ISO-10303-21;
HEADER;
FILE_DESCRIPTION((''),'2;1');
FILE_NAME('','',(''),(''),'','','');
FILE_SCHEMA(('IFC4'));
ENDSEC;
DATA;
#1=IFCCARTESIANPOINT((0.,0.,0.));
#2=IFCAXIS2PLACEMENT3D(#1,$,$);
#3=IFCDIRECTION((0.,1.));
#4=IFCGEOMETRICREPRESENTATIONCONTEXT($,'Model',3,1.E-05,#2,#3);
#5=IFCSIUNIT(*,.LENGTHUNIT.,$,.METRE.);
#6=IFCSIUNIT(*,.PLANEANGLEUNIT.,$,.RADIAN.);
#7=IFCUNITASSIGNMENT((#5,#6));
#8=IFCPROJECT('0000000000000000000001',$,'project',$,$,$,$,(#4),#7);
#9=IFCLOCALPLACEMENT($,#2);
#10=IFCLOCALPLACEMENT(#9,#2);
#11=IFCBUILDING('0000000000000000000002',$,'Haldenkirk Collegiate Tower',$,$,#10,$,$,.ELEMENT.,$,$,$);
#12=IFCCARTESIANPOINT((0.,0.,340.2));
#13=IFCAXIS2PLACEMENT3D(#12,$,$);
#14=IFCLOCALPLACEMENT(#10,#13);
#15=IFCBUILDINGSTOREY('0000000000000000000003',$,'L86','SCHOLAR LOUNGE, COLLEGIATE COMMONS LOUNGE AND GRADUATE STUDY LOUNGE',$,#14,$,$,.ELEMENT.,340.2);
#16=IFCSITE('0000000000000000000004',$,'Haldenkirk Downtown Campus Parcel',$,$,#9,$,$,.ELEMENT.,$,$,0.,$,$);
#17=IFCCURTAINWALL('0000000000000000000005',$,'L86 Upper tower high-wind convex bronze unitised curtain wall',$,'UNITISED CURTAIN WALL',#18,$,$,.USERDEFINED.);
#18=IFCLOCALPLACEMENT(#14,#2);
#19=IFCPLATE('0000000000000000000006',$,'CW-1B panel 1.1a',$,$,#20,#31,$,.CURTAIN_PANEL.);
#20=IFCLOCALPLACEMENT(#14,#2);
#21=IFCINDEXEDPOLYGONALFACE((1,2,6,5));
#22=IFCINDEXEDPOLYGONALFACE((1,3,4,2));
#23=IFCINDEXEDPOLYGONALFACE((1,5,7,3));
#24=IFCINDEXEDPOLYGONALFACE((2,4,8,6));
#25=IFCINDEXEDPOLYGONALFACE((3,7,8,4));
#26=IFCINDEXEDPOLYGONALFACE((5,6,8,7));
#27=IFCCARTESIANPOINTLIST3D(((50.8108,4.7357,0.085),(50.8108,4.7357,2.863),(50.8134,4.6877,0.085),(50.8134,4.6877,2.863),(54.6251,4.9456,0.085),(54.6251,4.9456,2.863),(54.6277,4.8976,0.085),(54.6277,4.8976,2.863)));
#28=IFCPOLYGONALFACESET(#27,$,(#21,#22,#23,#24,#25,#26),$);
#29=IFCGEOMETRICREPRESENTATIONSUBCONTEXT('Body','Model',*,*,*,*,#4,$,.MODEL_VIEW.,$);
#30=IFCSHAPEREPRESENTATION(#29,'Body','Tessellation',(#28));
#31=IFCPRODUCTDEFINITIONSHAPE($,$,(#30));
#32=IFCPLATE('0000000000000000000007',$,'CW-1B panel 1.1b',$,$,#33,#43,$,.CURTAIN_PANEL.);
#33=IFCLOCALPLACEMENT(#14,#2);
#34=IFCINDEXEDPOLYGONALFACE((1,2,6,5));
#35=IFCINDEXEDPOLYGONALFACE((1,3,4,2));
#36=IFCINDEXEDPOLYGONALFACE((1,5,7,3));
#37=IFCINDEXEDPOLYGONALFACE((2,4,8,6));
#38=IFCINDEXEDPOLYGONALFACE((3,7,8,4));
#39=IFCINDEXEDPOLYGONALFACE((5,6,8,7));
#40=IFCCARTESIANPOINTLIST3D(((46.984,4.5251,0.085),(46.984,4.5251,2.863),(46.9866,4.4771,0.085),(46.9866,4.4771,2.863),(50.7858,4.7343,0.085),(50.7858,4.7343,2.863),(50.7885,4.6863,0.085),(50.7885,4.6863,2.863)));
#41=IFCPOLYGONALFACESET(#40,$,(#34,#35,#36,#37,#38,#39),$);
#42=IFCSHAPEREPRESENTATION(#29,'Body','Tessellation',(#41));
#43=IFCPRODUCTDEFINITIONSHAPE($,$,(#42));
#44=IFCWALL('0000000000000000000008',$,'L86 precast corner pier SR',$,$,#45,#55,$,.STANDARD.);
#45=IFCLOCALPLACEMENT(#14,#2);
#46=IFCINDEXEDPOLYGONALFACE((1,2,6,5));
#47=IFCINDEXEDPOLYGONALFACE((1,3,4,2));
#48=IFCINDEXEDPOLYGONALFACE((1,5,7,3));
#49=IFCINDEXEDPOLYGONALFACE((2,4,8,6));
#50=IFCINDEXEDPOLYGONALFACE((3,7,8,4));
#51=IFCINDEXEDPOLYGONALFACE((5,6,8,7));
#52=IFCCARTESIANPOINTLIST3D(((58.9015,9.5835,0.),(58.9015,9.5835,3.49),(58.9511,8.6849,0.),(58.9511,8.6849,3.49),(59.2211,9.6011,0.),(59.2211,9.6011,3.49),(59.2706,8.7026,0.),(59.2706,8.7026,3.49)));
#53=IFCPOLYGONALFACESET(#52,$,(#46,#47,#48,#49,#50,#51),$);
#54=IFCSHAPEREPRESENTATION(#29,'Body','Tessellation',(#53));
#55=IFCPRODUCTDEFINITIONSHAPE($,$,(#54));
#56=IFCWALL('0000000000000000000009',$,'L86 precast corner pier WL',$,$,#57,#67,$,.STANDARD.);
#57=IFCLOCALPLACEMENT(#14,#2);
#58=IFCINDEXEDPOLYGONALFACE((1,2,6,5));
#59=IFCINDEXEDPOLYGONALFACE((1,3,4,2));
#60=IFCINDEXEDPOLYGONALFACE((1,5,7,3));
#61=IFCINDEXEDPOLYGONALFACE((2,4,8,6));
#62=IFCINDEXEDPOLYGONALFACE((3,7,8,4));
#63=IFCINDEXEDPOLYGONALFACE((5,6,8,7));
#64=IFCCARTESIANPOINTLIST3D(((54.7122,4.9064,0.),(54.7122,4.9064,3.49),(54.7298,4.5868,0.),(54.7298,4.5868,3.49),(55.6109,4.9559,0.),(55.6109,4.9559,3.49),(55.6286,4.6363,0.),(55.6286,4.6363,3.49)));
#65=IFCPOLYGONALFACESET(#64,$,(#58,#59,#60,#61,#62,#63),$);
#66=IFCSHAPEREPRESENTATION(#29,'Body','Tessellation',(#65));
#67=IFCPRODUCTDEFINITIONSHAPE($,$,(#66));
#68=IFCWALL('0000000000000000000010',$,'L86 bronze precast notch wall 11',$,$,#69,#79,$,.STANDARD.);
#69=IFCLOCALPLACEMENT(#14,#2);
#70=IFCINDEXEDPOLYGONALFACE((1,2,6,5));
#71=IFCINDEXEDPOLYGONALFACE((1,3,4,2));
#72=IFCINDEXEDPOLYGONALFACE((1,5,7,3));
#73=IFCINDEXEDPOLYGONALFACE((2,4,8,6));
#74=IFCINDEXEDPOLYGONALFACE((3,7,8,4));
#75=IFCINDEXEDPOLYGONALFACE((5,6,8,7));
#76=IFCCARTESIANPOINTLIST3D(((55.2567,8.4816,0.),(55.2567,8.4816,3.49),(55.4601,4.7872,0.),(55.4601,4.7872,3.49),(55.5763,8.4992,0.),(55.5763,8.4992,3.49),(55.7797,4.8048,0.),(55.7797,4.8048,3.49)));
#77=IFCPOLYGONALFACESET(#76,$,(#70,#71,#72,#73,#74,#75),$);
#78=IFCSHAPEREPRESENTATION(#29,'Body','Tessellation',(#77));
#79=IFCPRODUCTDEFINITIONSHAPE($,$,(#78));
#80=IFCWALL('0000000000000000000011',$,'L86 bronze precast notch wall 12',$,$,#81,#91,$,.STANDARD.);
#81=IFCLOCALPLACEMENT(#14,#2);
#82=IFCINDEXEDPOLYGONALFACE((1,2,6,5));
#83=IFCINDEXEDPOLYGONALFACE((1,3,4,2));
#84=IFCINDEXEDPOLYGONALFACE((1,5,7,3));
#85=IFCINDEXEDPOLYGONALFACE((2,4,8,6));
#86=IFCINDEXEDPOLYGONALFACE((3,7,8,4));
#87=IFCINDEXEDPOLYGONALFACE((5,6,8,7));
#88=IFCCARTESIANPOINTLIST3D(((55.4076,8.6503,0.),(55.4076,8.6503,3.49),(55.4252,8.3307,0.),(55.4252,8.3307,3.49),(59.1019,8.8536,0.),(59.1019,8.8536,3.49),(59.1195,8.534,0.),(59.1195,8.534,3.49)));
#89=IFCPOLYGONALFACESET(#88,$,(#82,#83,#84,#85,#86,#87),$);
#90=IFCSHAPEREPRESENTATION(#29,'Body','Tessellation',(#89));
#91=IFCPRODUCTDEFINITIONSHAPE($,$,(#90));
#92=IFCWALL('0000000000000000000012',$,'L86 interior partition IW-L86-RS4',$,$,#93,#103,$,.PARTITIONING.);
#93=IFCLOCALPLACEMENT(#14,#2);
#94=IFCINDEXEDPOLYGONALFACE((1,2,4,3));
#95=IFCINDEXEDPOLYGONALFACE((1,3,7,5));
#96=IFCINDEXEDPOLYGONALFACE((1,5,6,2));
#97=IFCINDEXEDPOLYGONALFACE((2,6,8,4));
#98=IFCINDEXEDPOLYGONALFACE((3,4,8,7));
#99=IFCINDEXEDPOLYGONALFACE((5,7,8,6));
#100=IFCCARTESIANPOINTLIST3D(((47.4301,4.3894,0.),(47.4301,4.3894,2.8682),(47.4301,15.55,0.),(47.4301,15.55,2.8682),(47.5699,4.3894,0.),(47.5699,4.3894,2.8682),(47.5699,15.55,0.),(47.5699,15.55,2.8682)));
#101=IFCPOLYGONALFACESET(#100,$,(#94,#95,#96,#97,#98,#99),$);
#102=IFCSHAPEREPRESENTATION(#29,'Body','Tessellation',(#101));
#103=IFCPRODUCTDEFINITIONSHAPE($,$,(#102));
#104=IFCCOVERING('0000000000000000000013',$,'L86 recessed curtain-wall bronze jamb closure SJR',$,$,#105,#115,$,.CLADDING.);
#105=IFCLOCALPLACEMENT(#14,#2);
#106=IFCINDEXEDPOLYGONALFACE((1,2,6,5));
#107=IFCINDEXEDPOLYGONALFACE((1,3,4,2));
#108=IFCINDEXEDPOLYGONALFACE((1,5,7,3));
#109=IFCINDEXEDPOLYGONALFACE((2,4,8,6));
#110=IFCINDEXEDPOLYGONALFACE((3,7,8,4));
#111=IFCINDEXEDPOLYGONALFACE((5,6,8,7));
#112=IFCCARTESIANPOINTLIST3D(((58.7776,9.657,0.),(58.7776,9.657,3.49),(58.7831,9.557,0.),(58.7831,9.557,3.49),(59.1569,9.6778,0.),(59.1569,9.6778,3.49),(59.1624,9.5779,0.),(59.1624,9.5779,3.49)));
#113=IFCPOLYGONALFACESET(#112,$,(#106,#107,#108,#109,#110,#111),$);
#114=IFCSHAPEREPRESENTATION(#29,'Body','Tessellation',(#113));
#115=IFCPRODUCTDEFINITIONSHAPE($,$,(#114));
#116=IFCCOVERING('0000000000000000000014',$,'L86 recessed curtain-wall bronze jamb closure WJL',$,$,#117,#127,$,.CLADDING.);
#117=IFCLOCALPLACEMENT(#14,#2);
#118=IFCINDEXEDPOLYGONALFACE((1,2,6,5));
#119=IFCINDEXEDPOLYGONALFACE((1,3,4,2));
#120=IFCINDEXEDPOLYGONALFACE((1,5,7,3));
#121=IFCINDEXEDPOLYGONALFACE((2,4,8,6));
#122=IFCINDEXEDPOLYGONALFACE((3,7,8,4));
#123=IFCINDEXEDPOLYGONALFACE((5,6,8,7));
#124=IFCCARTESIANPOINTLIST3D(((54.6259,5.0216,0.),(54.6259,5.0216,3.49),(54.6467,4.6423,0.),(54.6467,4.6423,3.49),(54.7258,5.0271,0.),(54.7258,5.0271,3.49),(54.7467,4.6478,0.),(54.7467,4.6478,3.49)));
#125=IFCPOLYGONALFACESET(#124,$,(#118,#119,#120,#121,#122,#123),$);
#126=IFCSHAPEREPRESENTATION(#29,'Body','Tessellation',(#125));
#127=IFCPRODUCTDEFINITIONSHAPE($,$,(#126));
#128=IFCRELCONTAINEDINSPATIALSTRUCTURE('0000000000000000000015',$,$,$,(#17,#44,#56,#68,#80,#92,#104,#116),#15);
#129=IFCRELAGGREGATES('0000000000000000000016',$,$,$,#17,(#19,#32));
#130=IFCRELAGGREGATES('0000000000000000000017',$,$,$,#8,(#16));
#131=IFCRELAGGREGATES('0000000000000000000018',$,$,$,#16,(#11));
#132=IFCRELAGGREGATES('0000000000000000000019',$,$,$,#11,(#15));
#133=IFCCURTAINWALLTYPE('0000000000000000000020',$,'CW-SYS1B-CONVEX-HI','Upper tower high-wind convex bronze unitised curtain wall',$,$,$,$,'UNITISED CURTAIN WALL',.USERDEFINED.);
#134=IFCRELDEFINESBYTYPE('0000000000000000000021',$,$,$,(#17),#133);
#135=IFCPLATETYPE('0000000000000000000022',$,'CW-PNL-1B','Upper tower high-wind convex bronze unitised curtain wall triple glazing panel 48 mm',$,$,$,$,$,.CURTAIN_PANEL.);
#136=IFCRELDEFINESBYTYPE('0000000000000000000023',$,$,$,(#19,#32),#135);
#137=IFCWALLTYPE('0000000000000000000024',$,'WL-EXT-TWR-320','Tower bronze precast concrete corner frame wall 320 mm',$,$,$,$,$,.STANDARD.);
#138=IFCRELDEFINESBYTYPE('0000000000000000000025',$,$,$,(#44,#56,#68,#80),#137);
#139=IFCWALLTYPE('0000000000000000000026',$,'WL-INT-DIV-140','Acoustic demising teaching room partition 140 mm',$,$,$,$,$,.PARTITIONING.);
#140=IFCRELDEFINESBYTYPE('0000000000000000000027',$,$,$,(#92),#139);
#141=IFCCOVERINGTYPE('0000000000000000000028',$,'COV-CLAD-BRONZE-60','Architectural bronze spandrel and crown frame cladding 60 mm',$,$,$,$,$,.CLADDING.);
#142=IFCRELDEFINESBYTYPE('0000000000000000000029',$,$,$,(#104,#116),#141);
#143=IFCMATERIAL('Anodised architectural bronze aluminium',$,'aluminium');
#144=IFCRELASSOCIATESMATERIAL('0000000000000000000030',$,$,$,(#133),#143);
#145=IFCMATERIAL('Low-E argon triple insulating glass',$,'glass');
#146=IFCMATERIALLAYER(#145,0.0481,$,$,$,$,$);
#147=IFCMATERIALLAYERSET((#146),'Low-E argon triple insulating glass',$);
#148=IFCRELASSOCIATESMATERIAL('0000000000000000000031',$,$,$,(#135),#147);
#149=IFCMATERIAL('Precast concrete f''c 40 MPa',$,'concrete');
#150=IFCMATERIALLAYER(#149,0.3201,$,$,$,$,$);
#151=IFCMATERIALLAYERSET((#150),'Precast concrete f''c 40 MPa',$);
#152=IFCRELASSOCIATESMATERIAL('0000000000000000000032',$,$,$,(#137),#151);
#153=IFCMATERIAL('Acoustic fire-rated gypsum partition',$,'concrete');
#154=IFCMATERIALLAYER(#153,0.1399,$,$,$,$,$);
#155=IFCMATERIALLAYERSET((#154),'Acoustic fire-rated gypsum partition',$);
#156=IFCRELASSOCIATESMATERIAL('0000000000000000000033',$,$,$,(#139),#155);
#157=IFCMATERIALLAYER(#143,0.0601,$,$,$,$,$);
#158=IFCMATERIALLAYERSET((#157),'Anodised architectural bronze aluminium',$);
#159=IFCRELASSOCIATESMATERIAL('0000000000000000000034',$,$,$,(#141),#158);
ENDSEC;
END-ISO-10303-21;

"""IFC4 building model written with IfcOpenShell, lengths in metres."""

from ifc_helpers import new_model, si_unit, direction, frame, frame_2d, origin, origin_2d, place, context, subcontext, project, spatial, rectangle, extrude, source, transform, mapped, material, layer, layer_set, type_object, element, aggregate, save


model = new_model("IFC4")

# Units and contexts
model_context = context("Model", 3, precision=1e-05, world=origin(), true_north=direction((0.0, 1.0)))
body_context = subcontext(model_context, "Body", "Model", "MODEL_VIEW")
ifc_project = project(units=[si_unit("LENGTHUNIT", "METRE"), si_unit("PLANEANGLEUNIT", "RADIAN")], contexts=[model_context])

# Site, building, storey
site_placement = place(None, origin())
site = spatial("IfcSite", under=ifc_project, at=site_placement, Name="Haldenkirk Downtown Campus Parcel", CompositionType="ELEMENT", RefElevation=0.0)
building_placement = place(site_placement, origin())
building = spatial("IfcBuilding", under=site, at=building_placement, Name="Haldenkirk Collegiate Tower", CompositionType="ELEMENT")
storey_placement = place(building_placement, frame((0.0, 0.0, 340.2)))
storey = spatial("IfcBuildingStorey", under=building, at=storey_placement, Name="L86", Description="SCHOLAR LOUNGE, COLLEGIATE COMMONS LOUNGE AND GRADUATE STUDY LOUNGE", CompositionType="ELEMENT", Elevation=340.2)

# Shared definitions
ifc_material_1 = material(Name="Anodised architectural bronze aluminium", Category="aluminium")

# Curtain wall, plates
curtain_wall_type_1 = type_object("IfcCurtainWallType", Name="CW-SYS1B-CONVEX-HI", Description="Upper tower high-wind convex bronze unitised curtain wall", ElementType="UNITISED CURTAIN WALL", PredefinedType="USERDEFINED", material=ifc_material_1)
curtain_wall_1_placement = place(storey_placement, origin())
curtain_wall_1 = element("IfcCurtainWall", 1, at=curtain_wall_1_placement, inside=storey, type_object=curtain_wall_type_1, Name="L86 Upper tower high-wind convex bronze unitised curtain wall", ObjectType="UNITISED CURTAIN WALL", PredefinedType="USERDEFINED")
ifc_material_2 = material(Name="Low-E argon triple insulating glass", Category="glass")
ifc_layer_1 = layer(ifc_material_2, 0.0481)
ifc_layer_set_1 = layer_set([ifc_layer_1], Name="Low-E argon triple insulating glass")
plate_type = type_object("IfcPlateType", Name="CW-PNL-1B", Description="Upper tower high-wind convex bronze unitised curtain wall triple glazing panel 48 mm", PredefinedType="CURTAIN_PANEL", material=ifc_layer_set_1)
shared_shape_1 = source(origin(), body_context, "Body", "SweptSolid", [
    extrude(rectangle(XDim=3.8201, YDim=0.0481, at=origin_2d()), origin(), (0.0, 0.0, 1.0), 2.7781),
])
plate_1_placement = place(storey_placement, frame((52.7192, 4.8167, 0.085), z_axis=(0.0, 0.0, 1.0), x_axis=(-0.998489, -0.054948, 0.0)))
plate_1 = element("IfcPlate", 2, at=plate_1_placement, type_object=plate_type, Name="CW-1B panel 1.1a", PredefinedType="CURTAIN_PANEL", context=body_context, shape_type="MappedRepresentation", body=[
    mapped(shared_shape_1, transform((0.0, 0.0, 0.0), x_axis=(1.0, 0.0, 0.0), y_axis=(0.0, 1.0, 0.0), z_axis=(0.0, 0.0, 1.0), scale=1.0)),
])
shared_shape_2 = source(origin(), body_context, "Body", "SweptSolid", [
    extrude(rectangle(XDim=3.8076, YDim=0.0481, at=origin_2d()), origin(), (0.0, 0.0, 1.0), 2.7781),
])
plate_2_placement = place(storey_placement, frame((48.8862, 4.6057, 0.085), z_axis=(0.0, 0.0, 1.0), x_axis=(-0.998489, -0.054948, 0.0)))
plate_2 = element("IfcPlate", 3, at=plate_2_placement, type_object=plate_type, Name="CW-1B panel 1.1b", PredefinedType="CURTAIN_PANEL", context=body_context, shape_type="MappedRepresentation", body=[
    mapped(shared_shape_2, transform((0.0, 0.0, 0.0), x_axis=(1.0, 0.0, 0.0), y_axis=(0.0, 1.0, 0.0), z_axis=(0.0, 0.0, 1.0), scale=1.0)),
])
aggregate(curtain_wall_1, [plate_1, plate_2])

# Walls
ifc_material_3 = material(Name="Precast concrete f'c 40 MPa", Category="concrete")
ifc_layer_2 = layer(ifc_material_3, 0.3201)
ifc_layer_set_2 = layer_set([ifc_layer_2], Name="Precast concrete f'c 40 MPa")
wall_type_1 = type_object("IfcWallType", Name="WL-EXT-TWR-320", Description="Tower bronze precast concrete corner frame wall 320 mm", PredefinedType="STANDARD", material=ifc_layer_set_2)
wall_1_placement = place(storey_placement, frame((59.0613, 9.5923, 0.0), z_axis=(0.0, 0.0, 1.0), x_axis=(0.055079, -0.998482, 0.0)))
element("IfcWall", 4, at=wall_1_placement, inside=storey, type_object=wall_type_1, Name="L86 precast corner pier SR", PredefinedType="STANDARD", context=body_context, shape_type="SweptSolid", body=[
    extrude(rectangle(XDim=0.8999, YDim=0.3201, at=frame_2d((0.45, 0.0))), origin(), (0.0, 0.0, 1.0), 3.49),
])
wall_2_placement = place(storey_placement, frame((55.6199, 4.7961, 0.0), z_axis=(0.0, 0.0, 1.0), x_axis=(-0.998483, -0.055064, 0.0)))
element("IfcWall", 5, at=wall_2_placement, inside=storey, type_object=wall_type_1, Name="L86 precast corner pier WL", PredefinedType="STANDARD", context=body_context, shape_type="SweptSolid", body=[
    extrude(rectangle(XDim=0.9001, YDim=0.3201, at=frame_2d((0.4502, 0.0))), origin(), (0.0, 0.0, 1.0), 3.49),
])
for number, where, z_axis, x_axis, name in (
    (6, (55.4165, 8.4905, 0.0), (0.0, 0.0, 1.0), (0.054966, -0.998488, 0.0), "L86 bronze precast notch wall 11"),
    (7, (59.1108, 8.6938, 0.0), (0.0, 0.0, 1.0), (-0.998488, -0.054966, 0.0), "L86 bronze precast notch wall 12"),
):
    element("IfcWall", number, at=place(storey_placement, frame(where, z_axis=z_axis, x_axis=x_axis)), inside=storey, type_object=wall_type_1, Name=name, PredefinedType="STANDARD", context=body_context, shape_type="SweptSolid", body=[
        extrude(rectangle(XDim=3.7, YDim=0.3201, at=frame_2d((1.8501, 0.0))), origin(), (0.0, 0.0, 1.0), 3.49),
    ])
ifc_material_4 = material(Name="Acoustic fire-rated gypsum partition", Category="concrete")
ifc_layer_3 = layer(ifc_material_4, 0.1399)
ifc_layer_set_3 = layer_set([ifc_layer_3], Name="Acoustic fire-rated gypsum partition")
wall_type_2 = type_object("IfcWallType", Name="WL-INT-DIV-140", Description="Acoustic demising teaching room partition 140 mm", PredefinedType="PARTITIONING", material=ifc_layer_set_3)
wall_3_placement = place(storey_placement, frame((47.5, 4.3894, 0.0), z_axis=(0.0, 0.0, 1.0), x_axis=(0.0, 1.0, 0.0)))
element("IfcWall", 8, at=wall_3_placement, inside=storey, type_object=wall_type_2, Name="L86 interior partition IW-L86-RS4", PredefinedType="PARTITIONING", context=body_context, shape_type="SweptSolid", body=[
    extrude(rectangle(XDim=11.1606, YDim=0.1399, at=frame_2d((5.5803, 0.0))), origin(), (0.0, 0.0, 1.0), 2.8682),
])

# Coverings
ifc_layer_4 = layer(ifc_material_1, 0.0601)
ifc_layer_set_4 = layer_set([ifc_layer_4], Name="Anodised architectural bronze aluminium")
covering_type = type_object("IfcCoveringType", Name="COV-CLAD-BRONZE-60", Description="Architectural bronze spandrel and crown frame cladding 60 mm", PredefinedType="CLADDING", material=ifc_layer_set_4)
shared_shape_3 = source(origin(), body_context, "Body", "SweptSolid", [
    extrude(rectangle(XDim=0.1001, YDim=0.3799, at=origin_2d()), origin(), (0.0, 0.0, 1.0), 3.49),
])
for number, where, z_axis, x_axis, name in (
    (9, (58.97, 9.6174, 0.0), (0.0, 0.0, 1.0), (0.05495, -0.998489, 0.0), "L86 recessed curtain-wall bronze jamb closure SJR"),
    (10, (54.6863, 4.8347, 0.0), (0.0, 0.0, 1.0), (-0.998489, -0.05495, 0.0), "L86 recessed curtain-wall bronze jamb closure WJL"),
):
    element("IfcCovering", number, at=place(storey_placement, frame(where, z_axis=z_axis, x_axis=x_axis)), inside=storey, type_object=covering_type, Name=name, PredefinedType="CLADDING", context=body_context, shape_type="MappedRepresentation", body=[
        mapped(shared_shape_3, transform((0.0, 0.0, 0.0), x_axis=(1.0, 0.0, 0.0), y_axis=(0.0, 1.0, 0.0), z_axis=(0.0, 0.0, 1.0), scale=1.0)),
    ])

save(model, "model.ifc")
